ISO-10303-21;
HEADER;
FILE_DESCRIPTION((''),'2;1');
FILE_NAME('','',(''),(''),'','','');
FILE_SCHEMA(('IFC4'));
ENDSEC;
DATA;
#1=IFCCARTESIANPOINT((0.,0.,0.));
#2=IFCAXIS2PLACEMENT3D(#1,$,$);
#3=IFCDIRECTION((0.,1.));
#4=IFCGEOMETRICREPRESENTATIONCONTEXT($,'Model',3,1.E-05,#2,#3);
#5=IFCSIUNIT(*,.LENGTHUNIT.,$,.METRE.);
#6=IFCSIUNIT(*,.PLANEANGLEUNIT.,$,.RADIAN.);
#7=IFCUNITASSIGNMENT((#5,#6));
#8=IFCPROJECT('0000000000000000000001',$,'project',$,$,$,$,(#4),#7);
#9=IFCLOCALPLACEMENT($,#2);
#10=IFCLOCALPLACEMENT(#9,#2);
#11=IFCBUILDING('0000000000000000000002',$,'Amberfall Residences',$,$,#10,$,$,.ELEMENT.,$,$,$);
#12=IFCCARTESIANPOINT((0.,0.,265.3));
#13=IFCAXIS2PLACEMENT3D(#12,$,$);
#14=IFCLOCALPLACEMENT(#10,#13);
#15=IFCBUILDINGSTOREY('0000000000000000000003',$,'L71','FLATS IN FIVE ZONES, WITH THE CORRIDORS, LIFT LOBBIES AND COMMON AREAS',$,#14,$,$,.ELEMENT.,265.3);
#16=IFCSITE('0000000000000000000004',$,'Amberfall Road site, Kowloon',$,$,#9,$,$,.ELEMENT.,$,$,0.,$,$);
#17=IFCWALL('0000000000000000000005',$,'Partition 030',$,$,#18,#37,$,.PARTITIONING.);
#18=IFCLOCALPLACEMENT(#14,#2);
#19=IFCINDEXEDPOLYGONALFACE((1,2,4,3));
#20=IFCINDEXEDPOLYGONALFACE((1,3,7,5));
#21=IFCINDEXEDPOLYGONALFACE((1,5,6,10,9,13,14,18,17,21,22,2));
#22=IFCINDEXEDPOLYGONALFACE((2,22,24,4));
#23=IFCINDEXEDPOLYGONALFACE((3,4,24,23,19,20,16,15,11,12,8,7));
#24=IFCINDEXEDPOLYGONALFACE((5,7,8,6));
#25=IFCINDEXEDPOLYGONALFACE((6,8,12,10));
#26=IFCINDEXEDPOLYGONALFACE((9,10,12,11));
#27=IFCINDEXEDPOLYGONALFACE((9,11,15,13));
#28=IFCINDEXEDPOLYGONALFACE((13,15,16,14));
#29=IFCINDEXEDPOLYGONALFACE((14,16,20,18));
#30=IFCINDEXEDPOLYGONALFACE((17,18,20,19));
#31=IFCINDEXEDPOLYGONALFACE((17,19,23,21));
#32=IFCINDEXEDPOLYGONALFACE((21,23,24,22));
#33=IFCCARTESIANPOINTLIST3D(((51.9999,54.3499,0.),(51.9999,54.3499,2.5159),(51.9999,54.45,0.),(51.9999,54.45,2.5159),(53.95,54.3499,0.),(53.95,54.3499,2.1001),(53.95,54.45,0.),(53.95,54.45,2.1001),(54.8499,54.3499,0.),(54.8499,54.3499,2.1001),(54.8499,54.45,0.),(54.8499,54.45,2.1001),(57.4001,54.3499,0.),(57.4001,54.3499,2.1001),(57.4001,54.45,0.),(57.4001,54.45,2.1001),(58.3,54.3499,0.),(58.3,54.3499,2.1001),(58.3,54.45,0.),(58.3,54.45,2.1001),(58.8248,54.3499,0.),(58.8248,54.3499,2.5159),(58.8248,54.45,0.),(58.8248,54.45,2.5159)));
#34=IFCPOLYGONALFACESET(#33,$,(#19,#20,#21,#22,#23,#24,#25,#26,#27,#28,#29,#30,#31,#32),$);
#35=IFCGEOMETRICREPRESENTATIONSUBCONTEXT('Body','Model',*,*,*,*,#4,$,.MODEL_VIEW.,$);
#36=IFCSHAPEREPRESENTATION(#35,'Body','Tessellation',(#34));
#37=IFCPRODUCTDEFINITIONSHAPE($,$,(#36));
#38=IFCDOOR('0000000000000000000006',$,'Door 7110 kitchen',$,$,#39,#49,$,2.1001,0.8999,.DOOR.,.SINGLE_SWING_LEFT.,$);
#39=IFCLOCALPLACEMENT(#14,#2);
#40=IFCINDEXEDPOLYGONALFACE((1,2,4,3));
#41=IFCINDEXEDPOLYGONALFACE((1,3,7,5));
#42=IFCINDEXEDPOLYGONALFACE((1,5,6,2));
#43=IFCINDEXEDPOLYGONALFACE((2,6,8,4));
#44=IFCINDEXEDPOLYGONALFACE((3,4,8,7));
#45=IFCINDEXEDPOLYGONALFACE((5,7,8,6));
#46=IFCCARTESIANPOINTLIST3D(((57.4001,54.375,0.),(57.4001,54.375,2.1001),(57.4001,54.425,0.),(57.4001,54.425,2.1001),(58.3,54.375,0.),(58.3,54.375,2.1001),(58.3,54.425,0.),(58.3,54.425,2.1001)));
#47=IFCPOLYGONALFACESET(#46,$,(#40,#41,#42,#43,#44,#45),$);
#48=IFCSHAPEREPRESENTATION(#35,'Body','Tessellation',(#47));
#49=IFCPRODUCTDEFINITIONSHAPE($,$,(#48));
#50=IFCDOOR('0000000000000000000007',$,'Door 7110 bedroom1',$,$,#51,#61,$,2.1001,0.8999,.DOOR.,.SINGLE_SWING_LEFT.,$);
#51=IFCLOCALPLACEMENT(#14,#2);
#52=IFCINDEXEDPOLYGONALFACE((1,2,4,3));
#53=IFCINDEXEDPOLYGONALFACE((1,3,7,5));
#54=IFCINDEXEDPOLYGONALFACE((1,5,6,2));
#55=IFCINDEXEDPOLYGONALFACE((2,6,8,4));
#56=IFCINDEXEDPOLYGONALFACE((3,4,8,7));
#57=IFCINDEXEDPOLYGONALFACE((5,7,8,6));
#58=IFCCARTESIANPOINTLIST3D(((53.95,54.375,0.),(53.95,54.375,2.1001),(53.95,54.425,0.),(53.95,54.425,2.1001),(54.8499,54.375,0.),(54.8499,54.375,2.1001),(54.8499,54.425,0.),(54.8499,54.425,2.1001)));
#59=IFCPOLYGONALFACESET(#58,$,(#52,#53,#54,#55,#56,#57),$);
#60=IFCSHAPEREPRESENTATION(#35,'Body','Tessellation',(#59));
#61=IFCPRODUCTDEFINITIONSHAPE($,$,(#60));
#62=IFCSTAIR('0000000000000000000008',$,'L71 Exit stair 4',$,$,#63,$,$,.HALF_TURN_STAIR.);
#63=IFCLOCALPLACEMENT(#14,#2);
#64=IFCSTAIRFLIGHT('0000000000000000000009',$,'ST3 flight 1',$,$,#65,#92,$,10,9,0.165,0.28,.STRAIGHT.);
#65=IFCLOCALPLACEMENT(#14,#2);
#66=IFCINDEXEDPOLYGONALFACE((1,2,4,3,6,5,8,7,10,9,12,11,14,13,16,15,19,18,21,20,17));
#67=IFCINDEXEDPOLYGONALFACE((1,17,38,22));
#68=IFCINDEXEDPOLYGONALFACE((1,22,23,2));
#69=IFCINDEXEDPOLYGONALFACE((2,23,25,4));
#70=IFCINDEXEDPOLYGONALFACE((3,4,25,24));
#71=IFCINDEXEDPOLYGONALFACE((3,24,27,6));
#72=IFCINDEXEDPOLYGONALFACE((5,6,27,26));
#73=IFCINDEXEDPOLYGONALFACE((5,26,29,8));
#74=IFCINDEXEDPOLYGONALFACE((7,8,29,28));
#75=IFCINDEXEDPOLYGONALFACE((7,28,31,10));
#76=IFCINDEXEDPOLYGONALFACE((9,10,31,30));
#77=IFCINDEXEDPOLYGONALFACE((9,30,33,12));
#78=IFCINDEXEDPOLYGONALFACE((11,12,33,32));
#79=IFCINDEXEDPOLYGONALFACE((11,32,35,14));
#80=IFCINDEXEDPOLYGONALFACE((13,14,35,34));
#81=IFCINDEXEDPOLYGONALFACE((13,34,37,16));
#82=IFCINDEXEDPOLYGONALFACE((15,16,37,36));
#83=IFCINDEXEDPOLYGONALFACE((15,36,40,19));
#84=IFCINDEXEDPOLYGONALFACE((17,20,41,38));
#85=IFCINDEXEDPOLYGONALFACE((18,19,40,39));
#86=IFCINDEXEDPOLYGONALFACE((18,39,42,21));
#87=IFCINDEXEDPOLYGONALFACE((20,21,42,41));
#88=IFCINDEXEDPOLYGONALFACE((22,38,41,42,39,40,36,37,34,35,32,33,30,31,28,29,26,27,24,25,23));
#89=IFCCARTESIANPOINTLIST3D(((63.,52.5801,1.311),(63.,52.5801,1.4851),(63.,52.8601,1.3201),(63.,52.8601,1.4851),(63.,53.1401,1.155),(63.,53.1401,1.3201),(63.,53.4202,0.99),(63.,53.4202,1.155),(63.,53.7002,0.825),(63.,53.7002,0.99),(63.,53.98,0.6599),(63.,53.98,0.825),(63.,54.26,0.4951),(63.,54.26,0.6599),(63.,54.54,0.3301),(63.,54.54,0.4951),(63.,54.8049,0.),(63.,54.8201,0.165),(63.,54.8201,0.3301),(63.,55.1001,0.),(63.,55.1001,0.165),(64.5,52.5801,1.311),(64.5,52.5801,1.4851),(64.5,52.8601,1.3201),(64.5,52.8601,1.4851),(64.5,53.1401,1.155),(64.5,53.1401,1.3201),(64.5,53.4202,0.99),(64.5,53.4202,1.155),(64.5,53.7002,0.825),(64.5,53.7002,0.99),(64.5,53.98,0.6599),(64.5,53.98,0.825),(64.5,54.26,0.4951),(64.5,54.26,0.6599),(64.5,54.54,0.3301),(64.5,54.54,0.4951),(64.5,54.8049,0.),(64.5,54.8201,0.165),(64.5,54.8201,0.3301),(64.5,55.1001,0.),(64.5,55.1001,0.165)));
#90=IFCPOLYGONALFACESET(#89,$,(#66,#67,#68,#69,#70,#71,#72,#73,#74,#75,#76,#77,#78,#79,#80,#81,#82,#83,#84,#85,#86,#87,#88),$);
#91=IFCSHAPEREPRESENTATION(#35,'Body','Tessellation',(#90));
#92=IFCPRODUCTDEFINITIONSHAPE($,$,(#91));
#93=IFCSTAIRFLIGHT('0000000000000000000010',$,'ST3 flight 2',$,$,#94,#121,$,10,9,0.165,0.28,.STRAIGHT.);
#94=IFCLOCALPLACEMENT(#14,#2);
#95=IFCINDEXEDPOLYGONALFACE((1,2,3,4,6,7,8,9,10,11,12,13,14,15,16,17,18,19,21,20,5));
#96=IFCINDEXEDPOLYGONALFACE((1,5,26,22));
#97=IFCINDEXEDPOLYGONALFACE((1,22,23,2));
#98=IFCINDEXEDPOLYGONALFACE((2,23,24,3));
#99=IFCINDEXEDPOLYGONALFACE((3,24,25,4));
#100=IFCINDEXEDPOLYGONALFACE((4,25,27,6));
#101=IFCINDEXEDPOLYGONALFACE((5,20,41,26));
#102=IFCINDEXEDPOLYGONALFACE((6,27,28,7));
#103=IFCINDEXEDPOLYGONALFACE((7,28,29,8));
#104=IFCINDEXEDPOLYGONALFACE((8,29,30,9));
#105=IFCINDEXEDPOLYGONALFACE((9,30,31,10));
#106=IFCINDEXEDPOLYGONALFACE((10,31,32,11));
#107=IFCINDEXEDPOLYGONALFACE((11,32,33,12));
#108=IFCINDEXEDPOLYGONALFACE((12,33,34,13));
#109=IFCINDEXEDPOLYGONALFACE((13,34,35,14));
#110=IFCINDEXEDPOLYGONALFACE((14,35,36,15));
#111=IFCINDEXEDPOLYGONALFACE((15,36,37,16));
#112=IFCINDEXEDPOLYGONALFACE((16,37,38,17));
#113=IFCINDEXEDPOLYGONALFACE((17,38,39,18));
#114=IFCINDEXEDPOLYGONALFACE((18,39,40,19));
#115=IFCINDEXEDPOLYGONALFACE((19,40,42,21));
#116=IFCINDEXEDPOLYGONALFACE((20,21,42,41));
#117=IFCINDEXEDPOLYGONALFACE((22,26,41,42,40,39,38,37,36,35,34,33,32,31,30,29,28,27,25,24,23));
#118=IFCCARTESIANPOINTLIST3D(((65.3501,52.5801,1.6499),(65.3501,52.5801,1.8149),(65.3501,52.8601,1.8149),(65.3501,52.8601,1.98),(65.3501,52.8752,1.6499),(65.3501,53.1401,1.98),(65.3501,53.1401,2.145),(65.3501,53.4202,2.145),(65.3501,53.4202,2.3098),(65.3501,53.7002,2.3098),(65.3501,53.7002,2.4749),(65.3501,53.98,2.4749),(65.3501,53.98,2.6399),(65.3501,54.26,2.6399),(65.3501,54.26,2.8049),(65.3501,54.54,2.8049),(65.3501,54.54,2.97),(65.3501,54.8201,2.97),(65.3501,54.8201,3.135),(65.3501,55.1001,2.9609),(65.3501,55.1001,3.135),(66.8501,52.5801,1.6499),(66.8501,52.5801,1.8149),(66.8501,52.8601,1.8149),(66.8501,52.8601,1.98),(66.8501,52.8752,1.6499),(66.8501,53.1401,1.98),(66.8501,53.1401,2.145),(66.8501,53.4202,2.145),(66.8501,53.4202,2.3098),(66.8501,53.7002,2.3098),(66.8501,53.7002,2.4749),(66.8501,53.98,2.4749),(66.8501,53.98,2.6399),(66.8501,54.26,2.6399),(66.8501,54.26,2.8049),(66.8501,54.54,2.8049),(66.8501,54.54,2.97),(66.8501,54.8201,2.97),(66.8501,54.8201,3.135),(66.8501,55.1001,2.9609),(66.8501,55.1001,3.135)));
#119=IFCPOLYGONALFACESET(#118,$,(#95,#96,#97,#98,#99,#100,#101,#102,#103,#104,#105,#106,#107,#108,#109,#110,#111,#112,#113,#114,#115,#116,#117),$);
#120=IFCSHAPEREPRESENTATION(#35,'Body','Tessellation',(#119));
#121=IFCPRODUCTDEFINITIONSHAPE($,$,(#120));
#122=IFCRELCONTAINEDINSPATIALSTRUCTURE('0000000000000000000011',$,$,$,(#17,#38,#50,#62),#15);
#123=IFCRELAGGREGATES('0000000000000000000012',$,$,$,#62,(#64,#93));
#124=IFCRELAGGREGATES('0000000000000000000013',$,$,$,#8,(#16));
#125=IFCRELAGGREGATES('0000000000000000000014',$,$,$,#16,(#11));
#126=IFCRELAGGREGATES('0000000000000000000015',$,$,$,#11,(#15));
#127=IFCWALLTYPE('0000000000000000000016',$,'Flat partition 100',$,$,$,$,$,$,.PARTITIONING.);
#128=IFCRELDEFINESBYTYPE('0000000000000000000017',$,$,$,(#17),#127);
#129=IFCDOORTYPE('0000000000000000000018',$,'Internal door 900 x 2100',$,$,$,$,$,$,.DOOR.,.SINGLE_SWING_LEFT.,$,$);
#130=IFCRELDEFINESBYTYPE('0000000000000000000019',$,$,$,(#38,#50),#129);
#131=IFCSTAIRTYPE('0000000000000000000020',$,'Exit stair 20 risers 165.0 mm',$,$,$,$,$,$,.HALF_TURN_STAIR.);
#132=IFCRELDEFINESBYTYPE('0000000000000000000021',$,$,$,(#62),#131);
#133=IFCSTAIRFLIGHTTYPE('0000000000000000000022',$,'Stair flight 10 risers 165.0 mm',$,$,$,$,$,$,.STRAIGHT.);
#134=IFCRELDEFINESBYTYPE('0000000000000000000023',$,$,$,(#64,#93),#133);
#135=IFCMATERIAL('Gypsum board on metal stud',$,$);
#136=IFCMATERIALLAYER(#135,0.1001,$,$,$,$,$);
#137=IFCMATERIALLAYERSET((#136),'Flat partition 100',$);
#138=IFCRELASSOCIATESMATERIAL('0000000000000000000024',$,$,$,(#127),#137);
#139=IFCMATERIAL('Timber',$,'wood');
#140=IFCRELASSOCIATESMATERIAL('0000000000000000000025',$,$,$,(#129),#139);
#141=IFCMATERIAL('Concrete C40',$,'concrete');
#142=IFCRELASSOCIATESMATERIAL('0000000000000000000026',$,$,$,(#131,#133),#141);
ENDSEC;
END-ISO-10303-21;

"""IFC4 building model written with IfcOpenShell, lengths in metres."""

from ifc_helpers import new_model, si_unit, direction, frame, frame_2d, origin, place, context, subcontext, project, spatial, polyline, rectangle, outline, extrude, material, layer, layer_set, type_object, element, fill, aggregate, save


model = new_model("IFC4")

# Units and contexts
model_context = context("Model", 3, precision=1e-05, world=origin(), true_north=direction((0.0, 1.0)))
body_context = subcontext(model_context, "Body", "Model", "MODEL_VIEW")
ifc_project = project(units=[si_unit("LENGTHUNIT", "METRE"), si_unit("PLANEANGLEUNIT", "RADIAN")], contexts=[model_context])

# Site, building, storey
site_placement = place(None, origin())
site = spatial("IfcSite", under=ifc_project, at=site_placement, Name="Amberfall Road site, Kowloon", CompositionType="ELEMENT", RefElevation=0.0)
building_placement = place(site_placement, origin())
building = spatial("IfcBuilding", under=site, at=building_placement, Name="Amberfall Residences", CompositionType="ELEMENT")
storey_placement = place(building_placement, frame((0.0, 0.0, 265.3)))
storey = spatial("IfcBuildingStorey", under=building, at=storey_placement, Name="L71", Description="FLATS IN FIVE ZONES, WITH THE CORRIDORS, LIFT LOBBIES AND COMMON AREAS", CompositionType="ELEMENT", Elevation=265.3)

# Wall, openings, doors
ifc_material_1 = material(Name="Gypsum board on metal stud")
ifc_layer = layer(ifc_material_1, 0.1001)
ifc_layer_set = layer_set([ifc_layer], Name="Flat partition 100")
wall_type = type_object("IfcWallType", Name="Flat partition 100", PredefinedType="PARTITIONING", material=ifc_layer_set)
wall_placement = place(storey_placement, frame((58.825, 54.3999, 0.0), z_axis=(0.0, 0.0, 1.0), x_axis=(-1.0, 0.0, 0.0)))
wall = element("IfcWall", 1, at=wall_placement, inside=storey, type_object=wall_type, Name="Partition 030", PredefinedType="PARTITIONING", context=body_context, shape_type="SweptSolid", body=[
    extrude(rectangle(XDim=6.825, YDim=0.1001, at=frame_2d((3.4126, 0.0))), origin(), (0.0, 0.0, 1.0), 2.5159),
])
opening_1_placement = place(wall_placement, frame((0.5249, 0.0, 0.0)))
opening_1 = element("IfcOpeningElement", 2, at=opening_1_placement, cuts=wall, PredefinedType="OPENING", context=body_context, shape_type="SweptSolid", body=[
    extrude(rectangle(XDim=0.8999, YDim=2.1001, at=frame_2d((0.45, 1.05))), frame((0.0, 0.0601, 0.0), z_axis=(0.0, -1.0, 0.0), x_axis=(1.0, 0.0, 0.0)), (0.0, 0.0, 1.0), 0.1201),
])
opening_2_placement = place(wall_placement, frame((3.9751, 0.0, 0.0)))
opening_2 = element("IfcOpeningElement", 3, at=opening_2_placement, cuts=wall, PredefinedType="OPENING", context=body_context, shape_type="SweptSolid", body=[
    extrude(rectangle(XDim=0.8999, YDim=2.1001, at=frame_2d((0.45, 1.05))), frame((0.0, 0.0601, 0.0), z_axis=(0.0, -1.0, 0.0), x_axis=(1.0, 0.0, 0.0)), (0.0, 0.0, 1.0), 0.1201),
])
ifc_material_2 = material(Name="Timber", Category="wood")
door_type = type_object("IfcDoorType", Name="Internal door 900 x 2100", OperationType="SINGLE_SWING_LEFT", PredefinedType="DOOR", material=ifc_material_2)
door_1_placement = place(opening_1_placement, origin())
door_1 = element("IfcDoor", 4, at=door_1_placement, inside=storey, type_object=door_type, Name="Door 7110 kitchen", OperationType="SINGLE_SWING_LEFT", OverallHeight=2.1001, OverallWidth=0.8999, PredefinedType="DOOR", context=body_context, shape_type="SweptSolid", body=[
    extrude(rectangle(XDim=0.8999, YDim=2.1001, at=frame_2d((0.45, 1.05))), frame((0.0, 0.0249, 0.0), z_axis=(0.0, -1.0, 0.0), x_axis=(1.0, 0.0, 0.0)), (0.0, 0.0, 1.0), 0.05),
])
fill(opening_1, door_1)
door_2_placement = place(opening_2_placement, origin())
door_2 = element("IfcDoor", 5, at=door_2_placement, inside=storey, type_object=door_type, Name="Door 7110 bedroom1", OperationType="SINGLE_SWING_LEFT", OverallHeight=2.1001, OverallWidth=0.8999, PredefinedType="DOOR", context=body_context, shape_type="SweptSolid", body=[
    extrude(rectangle(XDim=0.8999, YDim=2.1001, at=frame_2d((0.45, 1.05))), frame((0.0, 0.0249, 0.0), z_axis=(0.0, -1.0, 0.0), x_axis=(1.0, 0.0, 0.0)), (0.0, 0.0, 1.0), 0.05),
])
fill(opening_2, door_2)

# Stair, stair flights
ifc_material_3 = material(Name="Concrete C40", Category="concrete")
stair_type = type_object("IfcStairType", Name="Exit stair 20 risers 165.0 mm", PredefinedType="HALF_TURN_STAIR", material=ifc_material_3)
stair_placement = place(storey_placement, origin())
stair = element("IfcStair", 6, at=stair_placement, inside=storey, type_object=stair_type, Name="L71 Exit stair 4", PredefinedType="HALF_TURN_STAIR")
stair_flight_type = type_object("IfcStairFlightType", Name="Stair flight 10 risers 165.0 mm", PredefinedType="STRAIGHT", material=ifc_material_3)
stair_flight_1_placement = place(storey_placement, frame((63.75, 55.1001, 0.0), z_axis=(0.0, 0.0, 1.0), x_axis=(0.0, -1.0, 0.0)))
stair_flight_1 = element("IfcStairFlight", 7, at=stair_flight_1_placement, type_object=stair_flight_type, Name="ST3 flight 1", NumberOfRisers=10, NumberOfTreads=9, PredefinedType="STRAIGHT", RiserHeight=0.165, TreadLength=0.28, context=body_context, shape_type="SweptSolid", body=[
    extrude(outline(polyline([(0.0, 0.0), (0.0, 0.165), (0.28, 0.165), (0.28, 0.3301), (0.5601, 0.3301), (0.5601, 0.4951), (0.8401, 0.4951), (0.8401, 0.6599), (1.1201, 0.6599), (1.1201, 0.825), (1.3999, 0.825), (1.3999, 0.99), (1.6799, 0.99), (1.6799, 1.155), (1.96, 1.155), (1.96, 1.3201), (2.24, 1.3201), (2.24, 1.4851), (2.52, 1.4851), (2.52, 1.6499), (2.52, 1.311), (0.2952, 0.0), (0.0, 0.0)])), frame((0.0, 0.75, 0.0), z_axis=(0.0, -1.0, 0.0), x_axis=(1.0, 0.0, 0.0)), (0.0, 0.0, 1.0), 1.5),
])
stair_flight_2_placement = place(storey_placement, frame((66.1001, 52.5801, 1.6499), z_axis=(0.0, 0.0, 1.0), x_axis=(0.0, 1.0, 0.0)))
stair_flight_2 = element("IfcStairFlight", 8, at=stair_flight_2_placement, type_object=stair_flight_type, Name="ST3 flight 2", NumberOfRisers=10, NumberOfTreads=9, PredefinedType="STRAIGHT", RiserHeight=0.165, TreadLength=0.28, context=body_context, shape_type="SweptSolid", body=[
    extrude(outline(polyline([(0.0, 0.0), (0.0, 0.165), (0.28, 0.165), (0.28, 0.3301), (0.5601, 0.3301), (0.5601, 0.4951), (0.8401, 0.4951), (0.8401, 0.6599), (1.1201, 0.6599), (1.1201, 0.825), (1.3999, 0.825), (1.3999, 0.99), (1.6799, 0.99), (1.6799, 1.155), (1.96, 1.155), (1.96, 1.3201), (2.24, 1.3201), (2.24, 1.4851), (2.52, 1.4851), (2.52, 1.6499), (2.52, 1.311), (0.2952, 0.0), (0.0, 0.0)])), frame((0.0, 0.75, 0.0), z_axis=(0.0, -1.0, 0.0), x_axis=(1.0, 0.0, 0.0)), (0.0, 0.0, 1.0), 1.5),
])
aggregate(stair, [stair_flight_1, stair_flight_2])

save(model, "model.ifc")
